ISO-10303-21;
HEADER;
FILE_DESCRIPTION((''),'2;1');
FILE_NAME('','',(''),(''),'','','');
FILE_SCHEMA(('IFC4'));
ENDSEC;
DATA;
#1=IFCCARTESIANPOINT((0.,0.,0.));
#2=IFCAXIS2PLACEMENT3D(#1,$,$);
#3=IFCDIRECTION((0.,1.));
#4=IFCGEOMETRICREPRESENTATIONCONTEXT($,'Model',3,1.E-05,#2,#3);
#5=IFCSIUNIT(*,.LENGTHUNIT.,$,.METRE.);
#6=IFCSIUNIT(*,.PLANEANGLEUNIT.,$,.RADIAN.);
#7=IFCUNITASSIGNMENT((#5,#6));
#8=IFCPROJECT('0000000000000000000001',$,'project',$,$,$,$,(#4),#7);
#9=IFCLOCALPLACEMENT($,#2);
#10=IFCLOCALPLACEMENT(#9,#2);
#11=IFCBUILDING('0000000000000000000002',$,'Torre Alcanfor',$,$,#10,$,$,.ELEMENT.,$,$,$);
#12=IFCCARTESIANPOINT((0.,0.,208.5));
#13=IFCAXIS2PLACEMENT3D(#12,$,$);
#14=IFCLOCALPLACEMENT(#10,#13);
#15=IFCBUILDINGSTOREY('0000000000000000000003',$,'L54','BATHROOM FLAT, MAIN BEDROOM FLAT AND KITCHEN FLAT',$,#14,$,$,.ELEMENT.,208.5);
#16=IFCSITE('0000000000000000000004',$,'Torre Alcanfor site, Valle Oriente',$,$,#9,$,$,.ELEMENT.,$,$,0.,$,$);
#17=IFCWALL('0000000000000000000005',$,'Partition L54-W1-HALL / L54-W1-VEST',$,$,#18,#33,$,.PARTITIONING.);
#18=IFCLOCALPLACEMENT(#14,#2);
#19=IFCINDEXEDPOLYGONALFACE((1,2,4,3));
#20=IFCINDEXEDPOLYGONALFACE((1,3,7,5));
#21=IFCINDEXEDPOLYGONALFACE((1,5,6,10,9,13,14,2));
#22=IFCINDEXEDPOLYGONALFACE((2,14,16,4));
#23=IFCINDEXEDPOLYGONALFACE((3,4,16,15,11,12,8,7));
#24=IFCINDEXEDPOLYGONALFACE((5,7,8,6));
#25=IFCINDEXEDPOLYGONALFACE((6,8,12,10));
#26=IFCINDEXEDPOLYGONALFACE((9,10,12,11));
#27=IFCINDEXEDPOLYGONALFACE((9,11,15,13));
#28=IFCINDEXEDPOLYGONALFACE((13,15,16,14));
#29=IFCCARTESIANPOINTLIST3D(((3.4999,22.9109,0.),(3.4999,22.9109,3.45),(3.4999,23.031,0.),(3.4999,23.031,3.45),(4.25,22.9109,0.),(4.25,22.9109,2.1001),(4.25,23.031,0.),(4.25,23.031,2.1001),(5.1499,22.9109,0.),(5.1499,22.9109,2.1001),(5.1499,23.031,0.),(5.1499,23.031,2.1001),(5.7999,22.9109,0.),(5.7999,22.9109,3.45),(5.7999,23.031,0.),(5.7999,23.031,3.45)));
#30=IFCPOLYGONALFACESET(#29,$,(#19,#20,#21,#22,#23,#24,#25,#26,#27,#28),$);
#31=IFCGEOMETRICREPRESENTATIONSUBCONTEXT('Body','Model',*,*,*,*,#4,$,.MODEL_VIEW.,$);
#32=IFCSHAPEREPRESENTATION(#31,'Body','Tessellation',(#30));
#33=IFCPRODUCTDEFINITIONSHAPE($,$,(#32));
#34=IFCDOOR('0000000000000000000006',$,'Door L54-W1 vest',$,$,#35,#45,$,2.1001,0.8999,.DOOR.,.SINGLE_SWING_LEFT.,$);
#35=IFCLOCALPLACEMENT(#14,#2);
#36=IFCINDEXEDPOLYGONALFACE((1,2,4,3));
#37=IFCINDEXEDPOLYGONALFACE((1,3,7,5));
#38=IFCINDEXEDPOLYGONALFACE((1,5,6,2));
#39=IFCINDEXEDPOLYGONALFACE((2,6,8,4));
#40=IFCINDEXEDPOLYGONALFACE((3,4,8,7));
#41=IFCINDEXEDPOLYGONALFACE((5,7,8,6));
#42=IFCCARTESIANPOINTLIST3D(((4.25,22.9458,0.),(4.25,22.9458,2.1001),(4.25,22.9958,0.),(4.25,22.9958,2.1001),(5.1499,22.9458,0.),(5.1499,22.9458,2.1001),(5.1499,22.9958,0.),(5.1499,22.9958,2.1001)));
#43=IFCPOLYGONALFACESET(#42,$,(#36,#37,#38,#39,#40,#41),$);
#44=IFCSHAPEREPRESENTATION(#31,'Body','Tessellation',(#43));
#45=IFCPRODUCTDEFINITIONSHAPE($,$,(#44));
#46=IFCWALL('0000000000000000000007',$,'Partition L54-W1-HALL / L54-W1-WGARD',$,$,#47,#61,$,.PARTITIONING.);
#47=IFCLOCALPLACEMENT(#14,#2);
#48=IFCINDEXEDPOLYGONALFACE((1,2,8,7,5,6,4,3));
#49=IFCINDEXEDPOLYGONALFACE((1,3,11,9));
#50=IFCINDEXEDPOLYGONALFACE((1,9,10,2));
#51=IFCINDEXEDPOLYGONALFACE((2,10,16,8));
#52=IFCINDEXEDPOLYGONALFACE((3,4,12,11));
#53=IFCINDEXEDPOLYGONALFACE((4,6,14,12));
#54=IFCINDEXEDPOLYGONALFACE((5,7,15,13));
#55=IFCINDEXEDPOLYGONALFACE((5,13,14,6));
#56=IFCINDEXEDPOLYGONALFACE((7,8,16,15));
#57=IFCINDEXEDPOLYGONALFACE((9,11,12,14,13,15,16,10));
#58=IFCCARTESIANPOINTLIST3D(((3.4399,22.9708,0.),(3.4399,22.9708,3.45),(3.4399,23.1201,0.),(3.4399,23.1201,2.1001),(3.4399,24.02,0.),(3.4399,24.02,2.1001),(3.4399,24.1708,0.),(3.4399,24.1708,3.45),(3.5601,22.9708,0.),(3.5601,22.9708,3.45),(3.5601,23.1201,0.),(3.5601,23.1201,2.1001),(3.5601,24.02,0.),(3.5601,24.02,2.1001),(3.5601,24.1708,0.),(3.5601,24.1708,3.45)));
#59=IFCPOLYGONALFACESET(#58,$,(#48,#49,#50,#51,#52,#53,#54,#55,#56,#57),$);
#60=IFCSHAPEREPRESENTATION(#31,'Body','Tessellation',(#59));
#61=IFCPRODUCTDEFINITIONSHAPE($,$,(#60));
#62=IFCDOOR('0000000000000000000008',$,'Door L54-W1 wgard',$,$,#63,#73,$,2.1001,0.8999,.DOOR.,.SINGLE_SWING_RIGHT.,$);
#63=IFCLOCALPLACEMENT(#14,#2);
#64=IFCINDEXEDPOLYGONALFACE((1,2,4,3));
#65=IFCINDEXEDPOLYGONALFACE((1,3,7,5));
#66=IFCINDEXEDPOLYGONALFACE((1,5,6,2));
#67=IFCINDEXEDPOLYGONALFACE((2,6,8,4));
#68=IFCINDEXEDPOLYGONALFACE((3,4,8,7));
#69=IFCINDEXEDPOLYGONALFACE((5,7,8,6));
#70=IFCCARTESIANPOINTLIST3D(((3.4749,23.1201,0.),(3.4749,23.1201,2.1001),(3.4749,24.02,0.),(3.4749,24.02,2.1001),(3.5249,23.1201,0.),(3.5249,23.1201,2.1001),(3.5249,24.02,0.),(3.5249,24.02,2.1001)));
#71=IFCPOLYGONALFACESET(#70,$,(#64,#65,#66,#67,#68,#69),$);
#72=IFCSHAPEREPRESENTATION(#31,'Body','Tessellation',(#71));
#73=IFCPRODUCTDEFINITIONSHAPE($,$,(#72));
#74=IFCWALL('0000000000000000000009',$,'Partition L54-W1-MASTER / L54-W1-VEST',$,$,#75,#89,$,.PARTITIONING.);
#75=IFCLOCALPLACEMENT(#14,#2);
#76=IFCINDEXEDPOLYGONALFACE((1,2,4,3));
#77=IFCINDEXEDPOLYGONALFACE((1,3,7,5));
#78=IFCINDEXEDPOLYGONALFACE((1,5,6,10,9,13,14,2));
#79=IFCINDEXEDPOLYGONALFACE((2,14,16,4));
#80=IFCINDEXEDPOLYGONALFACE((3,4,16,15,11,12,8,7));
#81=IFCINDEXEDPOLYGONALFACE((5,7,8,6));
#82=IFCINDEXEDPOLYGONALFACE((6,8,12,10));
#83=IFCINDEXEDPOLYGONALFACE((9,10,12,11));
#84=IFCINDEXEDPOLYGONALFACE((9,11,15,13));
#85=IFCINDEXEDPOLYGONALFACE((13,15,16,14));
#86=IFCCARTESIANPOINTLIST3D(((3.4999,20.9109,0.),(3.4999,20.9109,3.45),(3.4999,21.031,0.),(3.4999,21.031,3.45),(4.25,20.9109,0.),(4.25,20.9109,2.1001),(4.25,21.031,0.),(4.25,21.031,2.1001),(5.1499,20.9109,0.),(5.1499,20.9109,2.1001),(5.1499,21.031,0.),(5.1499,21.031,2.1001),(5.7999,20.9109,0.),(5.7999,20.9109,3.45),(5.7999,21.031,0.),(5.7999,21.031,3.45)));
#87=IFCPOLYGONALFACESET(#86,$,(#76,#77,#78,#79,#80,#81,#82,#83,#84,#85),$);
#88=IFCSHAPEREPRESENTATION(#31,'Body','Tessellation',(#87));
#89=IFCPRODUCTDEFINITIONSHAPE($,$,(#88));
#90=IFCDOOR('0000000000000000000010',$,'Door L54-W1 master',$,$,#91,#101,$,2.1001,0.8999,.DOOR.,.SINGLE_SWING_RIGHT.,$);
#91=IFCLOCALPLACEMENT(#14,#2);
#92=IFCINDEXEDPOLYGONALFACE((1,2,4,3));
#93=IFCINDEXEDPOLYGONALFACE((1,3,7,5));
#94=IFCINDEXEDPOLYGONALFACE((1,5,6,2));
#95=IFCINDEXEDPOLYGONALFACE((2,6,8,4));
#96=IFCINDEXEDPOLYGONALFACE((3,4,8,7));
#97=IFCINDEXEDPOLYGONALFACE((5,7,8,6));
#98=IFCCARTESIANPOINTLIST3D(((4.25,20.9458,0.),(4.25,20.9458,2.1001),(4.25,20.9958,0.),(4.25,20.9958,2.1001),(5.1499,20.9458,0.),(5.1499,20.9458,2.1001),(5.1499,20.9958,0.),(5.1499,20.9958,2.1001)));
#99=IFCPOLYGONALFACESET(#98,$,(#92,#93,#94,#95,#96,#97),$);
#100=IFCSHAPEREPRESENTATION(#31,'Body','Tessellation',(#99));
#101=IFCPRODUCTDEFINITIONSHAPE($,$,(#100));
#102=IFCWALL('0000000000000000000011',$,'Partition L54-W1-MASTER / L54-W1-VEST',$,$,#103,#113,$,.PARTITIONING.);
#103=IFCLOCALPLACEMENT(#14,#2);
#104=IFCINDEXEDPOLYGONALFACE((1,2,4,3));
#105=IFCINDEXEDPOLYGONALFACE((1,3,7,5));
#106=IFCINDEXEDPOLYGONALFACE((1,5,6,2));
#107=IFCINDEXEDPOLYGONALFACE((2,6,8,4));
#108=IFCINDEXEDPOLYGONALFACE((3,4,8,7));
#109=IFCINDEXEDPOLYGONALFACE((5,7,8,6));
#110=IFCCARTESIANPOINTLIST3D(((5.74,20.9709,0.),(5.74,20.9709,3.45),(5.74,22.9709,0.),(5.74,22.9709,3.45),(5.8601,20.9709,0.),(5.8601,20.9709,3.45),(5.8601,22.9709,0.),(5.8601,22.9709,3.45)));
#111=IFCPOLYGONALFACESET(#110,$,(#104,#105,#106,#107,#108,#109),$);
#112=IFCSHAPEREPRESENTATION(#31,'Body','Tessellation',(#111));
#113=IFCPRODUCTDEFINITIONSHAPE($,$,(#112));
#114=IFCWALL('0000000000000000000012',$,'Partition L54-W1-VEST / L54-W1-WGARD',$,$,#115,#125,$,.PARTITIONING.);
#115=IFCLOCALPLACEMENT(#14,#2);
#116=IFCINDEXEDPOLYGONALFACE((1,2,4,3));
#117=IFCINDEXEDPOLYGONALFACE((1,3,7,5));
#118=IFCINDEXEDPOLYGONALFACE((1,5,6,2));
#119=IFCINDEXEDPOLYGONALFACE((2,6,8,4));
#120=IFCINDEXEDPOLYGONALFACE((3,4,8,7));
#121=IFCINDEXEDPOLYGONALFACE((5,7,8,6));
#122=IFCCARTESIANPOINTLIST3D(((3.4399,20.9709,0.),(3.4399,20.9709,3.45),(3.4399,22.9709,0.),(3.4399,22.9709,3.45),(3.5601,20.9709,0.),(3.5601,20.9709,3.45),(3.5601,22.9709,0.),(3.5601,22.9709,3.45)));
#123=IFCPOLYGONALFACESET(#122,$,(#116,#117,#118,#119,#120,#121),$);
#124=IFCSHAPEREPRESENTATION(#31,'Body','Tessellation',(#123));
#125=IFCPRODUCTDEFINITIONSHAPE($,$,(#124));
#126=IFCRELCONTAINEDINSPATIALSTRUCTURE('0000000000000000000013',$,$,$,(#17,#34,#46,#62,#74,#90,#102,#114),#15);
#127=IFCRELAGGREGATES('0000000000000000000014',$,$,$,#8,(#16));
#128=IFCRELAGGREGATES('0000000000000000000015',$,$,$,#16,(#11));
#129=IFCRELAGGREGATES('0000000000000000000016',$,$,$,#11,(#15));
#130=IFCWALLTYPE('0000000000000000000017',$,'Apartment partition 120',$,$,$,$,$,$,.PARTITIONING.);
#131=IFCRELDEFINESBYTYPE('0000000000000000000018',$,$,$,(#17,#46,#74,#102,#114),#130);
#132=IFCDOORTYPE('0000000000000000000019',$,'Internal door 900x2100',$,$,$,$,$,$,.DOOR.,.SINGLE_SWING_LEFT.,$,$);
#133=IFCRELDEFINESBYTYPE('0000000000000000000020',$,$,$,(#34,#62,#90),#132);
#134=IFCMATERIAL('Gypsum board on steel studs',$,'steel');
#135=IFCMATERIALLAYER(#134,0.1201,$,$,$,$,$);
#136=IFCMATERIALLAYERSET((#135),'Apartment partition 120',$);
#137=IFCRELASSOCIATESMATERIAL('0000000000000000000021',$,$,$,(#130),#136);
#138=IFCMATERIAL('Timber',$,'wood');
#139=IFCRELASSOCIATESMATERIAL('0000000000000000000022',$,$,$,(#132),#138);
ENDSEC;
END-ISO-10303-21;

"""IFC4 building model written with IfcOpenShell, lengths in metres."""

from ifc_helpers import new_model, si_unit, direction, frame, frame_2d, origin, place, context, subcontext, project, spatial, rectangle, extrude, material, layer, layer_set, type_object, element, fill, save


model = new_model("IFC4")

# Units and contexts
model_context = context("Model", 3, precision=1e-05, world=origin(), true_north=direction((0.0, 1.0)))
body_context = subcontext(model_context, "Body", "Model", "MODEL_VIEW")
ifc_project = project(units=[si_unit("LENGTHUNIT", "METRE"), si_unit("PLANEANGLEUNIT", "RADIAN")], contexts=[model_context])

# Site, building, storey
site_placement = place(None, origin())
site = spatial("IfcSite", under=ifc_project, at=site_placement, Name="Torre Alcanfor site, Valle Oriente", CompositionType="ELEMENT", RefElevation=0.0)
building_placement = place(site_placement, origin())
building = spatial("IfcBuilding", under=site, at=building_placement, Name="Torre Alcanfor", CompositionType="ELEMENT")
storey_placement = place(building_placement, frame((0.0, 0.0, 208.5)))
storey = spatial("IfcBuildingStorey", under=building, at=storey_placement, Name="L54", Description="BATHROOM FLAT, MAIN BEDROOM FLAT AND KITCHEN FLAT", CompositionType="ELEMENT", Elevation=208.5)

# Shared definitions
ifc_material_1 = material(Name="Gypsum board on steel studs", Category="steel")
ifc_layer_1 = layer(ifc_material_1, 0.1201)
ifc_layer_set_1 = layer_set([ifc_layer_1], Name="Apartment partition 120")
wall_type_1 = type_object("IfcWallType", Name="Apartment partition 120", PredefinedType="PARTITIONING", material=ifc_layer_set_1)

# Shared definitions
ifc_material_2 = material(Name="Timber", Category="wood")
door_type = type_object("IfcDoorType", Name="Internal door 900x2100", OperationType="SINGLE_SWING_LEFT", PredefinedType="DOOR", material=ifc_material_2)

# Walls, openings, doors
wall_1_placement = place(storey_placement, frame((3.5, 22.9709, 0.0), z_axis=(0.0, 0.0, 1.0), x_axis=(1.0, 0.0, 0.0)))
wall_1 = element("IfcWall", 1, at=wall_1_placement, inside=storey, type_object=wall_type_1, Name="Partition L54-W1-HALL / L54-W1-VEST", PredefinedType="PARTITIONING", context=body_context, shape_type="SweptSolid", body=[
    extrude(rectangle(XDim=2.3, YDim=0.1201, at=frame_2d((1.1499, 0.0))), origin(), (0.0, 0.0, 1.0), 3.45),
])
opening_1_placement = place(wall_1_placement, frame((0.75, 0.0, 0.0)))
opening_1 = element("IfcOpeningElement", 2, at=opening_1_placement, cuts=wall_1, PredefinedType="OPENING", context=body_context, shape_type="SweptSolid", body=[
    extrude(rectangle(XDim=0.8999, YDim=2.1001, at=frame_2d((0.45, 1.05))), frame((0.0, 0.0701, 0.0), z_axis=(0.0, -1.0, 0.0), x_axis=(1.0, 0.0, 0.0)), (0.0, 0.0, 1.0), 0.1401),
])
door_1_placement = place(opening_1_placement, frame((0.8999, 0.0, 0.0), z_axis=(0.0, 0.0, 1.0), x_axis=(-1.0, 0.0, 0.0)))
door_1 = element("IfcDoor", 3, at=door_1_placement, inside=storey, type_object=door_type, Name="Door L54-W1 vest", OperationType="SINGLE_SWING_LEFT", OverallHeight=2.1001, OverallWidth=0.8999, PredefinedType="DOOR", context=body_context, shape_type="SweptSolid", body=[
    extrude(rectangle(XDim=0.8999, YDim=2.1001, at=frame_2d((0.45, 1.05))), frame((0.0, 0.0251, 0.0), z_axis=(0.0, -1.0, 0.0), x_axis=(1.0, 0.0, 0.0)), (0.0, 0.0, 1.0), 0.05),
])
fill(opening_1, door_1)
wall_2_placement = place(storey_placement, frame((3.5, 24.1709, 0.0), z_axis=(0.0, 0.0, 1.0), x_axis=(0.0, -1.0, 0.0)))
wall_2 = element("IfcWall", 4, at=wall_2_placement, inside=storey, type_object=wall_type_1, Name="Partition L54-W1-HALL / L54-W1-WGARD", PredefinedType="PARTITIONING", context=body_context, shape_type="SweptSolid", body=[
    extrude(rectangle(XDim=1.2, YDim=0.1201, at=frame_2d((0.6001, 0.0))), origin(), (0.0, 0.0, 1.0), 3.45),
])
opening_2_placement = place(wall_2_placement, frame((0.1509, 0.0, 0.0)))
opening_2 = element("IfcOpeningElement", 5, at=opening_2_placement, cuts=wall_2, PredefinedType="OPENING", context=body_context, shape_type="SweptSolid", body=[
    extrude(rectangle(XDim=0.8999, YDim=2.1001, at=frame_2d((0.45, 1.05))), frame((0.0, 0.0701, 0.0), z_axis=(0.0, -1.0, 0.0), x_axis=(1.0, 0.0, 0.0)), (0.0, 0.0, 1.0), 0.1401),
])
door_2_placement = place(opening_2_placement, frame((0.8999, 0.0, 0.0), z_axis=(0.0, 0.0, 1.0), x_axis=(-1.0, 0.0, 0.0)))
door_2 = element("IfcDoor", 6, at=door_2_placement, inside=storey, type_object=door_type, Name="Door L54-W1 wgard", OperationType="SINGLE_SWING_RIGHT", OverallHeight=2.1001, OverallWidth=0.8999, PredefinedType="DOOR", context=body_context, shape_type="SweptSolid", body=[
    extrude(rectangle(XDim=0.8999, YDim=2.1001, at=frame_2d((0.45, 1.05))), frame((0.0, 0.0251, 0.0), z_axis=(0.0, -1.0, 0.0), x_axis=(1.0, 0.0, 0.0)), (0.0, 0.0, 1.0), 0.05),
])
fill(opening_2, door_2)
wall_3_placement = place(storey_placement, frame((3.5, 20.9709, 0.0), z_axis=(0.0, 0.0, 1.0), x_axis=(1.0, 0.0, 0.0)))
wall_3 = element("IfcWall", 7, at=wall_3_placement, inside=storey, type_object=wall_type_1, Name="Partition L54-W1-MASTER / L54-W1-VEST", PredefinedType="PARTITIONING", context=body_context, shape_type="SweptSolid", body=[
    extrude(rectangle(XDim=2.3, YDim=0.1201, at=frame_2d((1.1499, 0.0))), origin(), (0.0, 0.0, 1.0), 3.45),
])
opening_3_placement = place(wall_3_placement, frame((0.75, 0.0, 0.0)))
opening_3 = element("IfcOpeningElement", 8, at=opening_3_placement, cuts=wall_3, PredefinedType="OPENING", context=body_context, shape_type="SweptSolid", body=[
    extrude(rectangle(XDim=0.8999, YDim=2.1001, at=frame_2d((0.45, 1.05))), frame((0.0, 0.0701, 0.0), z_axis=(0.0, -1.0, 0.0), x_axis=(1.0, 0.0, 0.0)), (0.0, 0.0, 1.0), 0.1401),
])
door_3_placement = place(opening_3_placement, origin())
door_3 = element("IfcDoor", 9, at=door_3_placement, inside=storey, type_object=door_type, Name="Door L54-W1 master", OperationType="SINGLE_SWING_RIGHT", OverallHeight=2.1001, OverallWidth=0.8999, PredefinedType="DOOR", context=body_context, shape_type="SweptSolid", body=[
    extrude(rectangle(XDim=0.8999, YDim=2.1001, at=frame_2d((0.45, 1.05))), frame((0.0, 0.0249, 0.0), z_axis=(0.0, -1.0, 0.0), x_axis=(1.0, 0.0, 0.0)), (0.0, 0.0, 1.0), 0.05),
])
fill(opening_3, door_3)

# Walls
for number, where, z_axis, x_axis, name in (
    (10, (5.8, 20.9709, 0.0), (0.0, 0.0, 1.0), (0.0, 1.0, 0.0), "Partition L54-W1-MASTER / L54-W1-VEST"),
    (11, (3.5, 22.9709, 0.0), (0.0, 0.0, 1.0), (0.0, -1.0, 0.0), "Partition L54-W1-VEST / L54-W1-WGARD"),
):
    element("IfcWall", number, at=place(storey_placement, frame(where, z_axis=z_axis, x_axis=x_axis)), inside=storey, type_object=wall_type_1, Name=name, PredefinedType="PARTITIONING", context=body_context, shape_type="SweptSolid", body=[
        extrude(rectangle(XDim=2.0, YDim=0.1201, at=frame_2d((1.0, 0.0))), origin(), (0.0, 0.0, 1.0), 3.45),
    ])

save(model, "model.ifc")
